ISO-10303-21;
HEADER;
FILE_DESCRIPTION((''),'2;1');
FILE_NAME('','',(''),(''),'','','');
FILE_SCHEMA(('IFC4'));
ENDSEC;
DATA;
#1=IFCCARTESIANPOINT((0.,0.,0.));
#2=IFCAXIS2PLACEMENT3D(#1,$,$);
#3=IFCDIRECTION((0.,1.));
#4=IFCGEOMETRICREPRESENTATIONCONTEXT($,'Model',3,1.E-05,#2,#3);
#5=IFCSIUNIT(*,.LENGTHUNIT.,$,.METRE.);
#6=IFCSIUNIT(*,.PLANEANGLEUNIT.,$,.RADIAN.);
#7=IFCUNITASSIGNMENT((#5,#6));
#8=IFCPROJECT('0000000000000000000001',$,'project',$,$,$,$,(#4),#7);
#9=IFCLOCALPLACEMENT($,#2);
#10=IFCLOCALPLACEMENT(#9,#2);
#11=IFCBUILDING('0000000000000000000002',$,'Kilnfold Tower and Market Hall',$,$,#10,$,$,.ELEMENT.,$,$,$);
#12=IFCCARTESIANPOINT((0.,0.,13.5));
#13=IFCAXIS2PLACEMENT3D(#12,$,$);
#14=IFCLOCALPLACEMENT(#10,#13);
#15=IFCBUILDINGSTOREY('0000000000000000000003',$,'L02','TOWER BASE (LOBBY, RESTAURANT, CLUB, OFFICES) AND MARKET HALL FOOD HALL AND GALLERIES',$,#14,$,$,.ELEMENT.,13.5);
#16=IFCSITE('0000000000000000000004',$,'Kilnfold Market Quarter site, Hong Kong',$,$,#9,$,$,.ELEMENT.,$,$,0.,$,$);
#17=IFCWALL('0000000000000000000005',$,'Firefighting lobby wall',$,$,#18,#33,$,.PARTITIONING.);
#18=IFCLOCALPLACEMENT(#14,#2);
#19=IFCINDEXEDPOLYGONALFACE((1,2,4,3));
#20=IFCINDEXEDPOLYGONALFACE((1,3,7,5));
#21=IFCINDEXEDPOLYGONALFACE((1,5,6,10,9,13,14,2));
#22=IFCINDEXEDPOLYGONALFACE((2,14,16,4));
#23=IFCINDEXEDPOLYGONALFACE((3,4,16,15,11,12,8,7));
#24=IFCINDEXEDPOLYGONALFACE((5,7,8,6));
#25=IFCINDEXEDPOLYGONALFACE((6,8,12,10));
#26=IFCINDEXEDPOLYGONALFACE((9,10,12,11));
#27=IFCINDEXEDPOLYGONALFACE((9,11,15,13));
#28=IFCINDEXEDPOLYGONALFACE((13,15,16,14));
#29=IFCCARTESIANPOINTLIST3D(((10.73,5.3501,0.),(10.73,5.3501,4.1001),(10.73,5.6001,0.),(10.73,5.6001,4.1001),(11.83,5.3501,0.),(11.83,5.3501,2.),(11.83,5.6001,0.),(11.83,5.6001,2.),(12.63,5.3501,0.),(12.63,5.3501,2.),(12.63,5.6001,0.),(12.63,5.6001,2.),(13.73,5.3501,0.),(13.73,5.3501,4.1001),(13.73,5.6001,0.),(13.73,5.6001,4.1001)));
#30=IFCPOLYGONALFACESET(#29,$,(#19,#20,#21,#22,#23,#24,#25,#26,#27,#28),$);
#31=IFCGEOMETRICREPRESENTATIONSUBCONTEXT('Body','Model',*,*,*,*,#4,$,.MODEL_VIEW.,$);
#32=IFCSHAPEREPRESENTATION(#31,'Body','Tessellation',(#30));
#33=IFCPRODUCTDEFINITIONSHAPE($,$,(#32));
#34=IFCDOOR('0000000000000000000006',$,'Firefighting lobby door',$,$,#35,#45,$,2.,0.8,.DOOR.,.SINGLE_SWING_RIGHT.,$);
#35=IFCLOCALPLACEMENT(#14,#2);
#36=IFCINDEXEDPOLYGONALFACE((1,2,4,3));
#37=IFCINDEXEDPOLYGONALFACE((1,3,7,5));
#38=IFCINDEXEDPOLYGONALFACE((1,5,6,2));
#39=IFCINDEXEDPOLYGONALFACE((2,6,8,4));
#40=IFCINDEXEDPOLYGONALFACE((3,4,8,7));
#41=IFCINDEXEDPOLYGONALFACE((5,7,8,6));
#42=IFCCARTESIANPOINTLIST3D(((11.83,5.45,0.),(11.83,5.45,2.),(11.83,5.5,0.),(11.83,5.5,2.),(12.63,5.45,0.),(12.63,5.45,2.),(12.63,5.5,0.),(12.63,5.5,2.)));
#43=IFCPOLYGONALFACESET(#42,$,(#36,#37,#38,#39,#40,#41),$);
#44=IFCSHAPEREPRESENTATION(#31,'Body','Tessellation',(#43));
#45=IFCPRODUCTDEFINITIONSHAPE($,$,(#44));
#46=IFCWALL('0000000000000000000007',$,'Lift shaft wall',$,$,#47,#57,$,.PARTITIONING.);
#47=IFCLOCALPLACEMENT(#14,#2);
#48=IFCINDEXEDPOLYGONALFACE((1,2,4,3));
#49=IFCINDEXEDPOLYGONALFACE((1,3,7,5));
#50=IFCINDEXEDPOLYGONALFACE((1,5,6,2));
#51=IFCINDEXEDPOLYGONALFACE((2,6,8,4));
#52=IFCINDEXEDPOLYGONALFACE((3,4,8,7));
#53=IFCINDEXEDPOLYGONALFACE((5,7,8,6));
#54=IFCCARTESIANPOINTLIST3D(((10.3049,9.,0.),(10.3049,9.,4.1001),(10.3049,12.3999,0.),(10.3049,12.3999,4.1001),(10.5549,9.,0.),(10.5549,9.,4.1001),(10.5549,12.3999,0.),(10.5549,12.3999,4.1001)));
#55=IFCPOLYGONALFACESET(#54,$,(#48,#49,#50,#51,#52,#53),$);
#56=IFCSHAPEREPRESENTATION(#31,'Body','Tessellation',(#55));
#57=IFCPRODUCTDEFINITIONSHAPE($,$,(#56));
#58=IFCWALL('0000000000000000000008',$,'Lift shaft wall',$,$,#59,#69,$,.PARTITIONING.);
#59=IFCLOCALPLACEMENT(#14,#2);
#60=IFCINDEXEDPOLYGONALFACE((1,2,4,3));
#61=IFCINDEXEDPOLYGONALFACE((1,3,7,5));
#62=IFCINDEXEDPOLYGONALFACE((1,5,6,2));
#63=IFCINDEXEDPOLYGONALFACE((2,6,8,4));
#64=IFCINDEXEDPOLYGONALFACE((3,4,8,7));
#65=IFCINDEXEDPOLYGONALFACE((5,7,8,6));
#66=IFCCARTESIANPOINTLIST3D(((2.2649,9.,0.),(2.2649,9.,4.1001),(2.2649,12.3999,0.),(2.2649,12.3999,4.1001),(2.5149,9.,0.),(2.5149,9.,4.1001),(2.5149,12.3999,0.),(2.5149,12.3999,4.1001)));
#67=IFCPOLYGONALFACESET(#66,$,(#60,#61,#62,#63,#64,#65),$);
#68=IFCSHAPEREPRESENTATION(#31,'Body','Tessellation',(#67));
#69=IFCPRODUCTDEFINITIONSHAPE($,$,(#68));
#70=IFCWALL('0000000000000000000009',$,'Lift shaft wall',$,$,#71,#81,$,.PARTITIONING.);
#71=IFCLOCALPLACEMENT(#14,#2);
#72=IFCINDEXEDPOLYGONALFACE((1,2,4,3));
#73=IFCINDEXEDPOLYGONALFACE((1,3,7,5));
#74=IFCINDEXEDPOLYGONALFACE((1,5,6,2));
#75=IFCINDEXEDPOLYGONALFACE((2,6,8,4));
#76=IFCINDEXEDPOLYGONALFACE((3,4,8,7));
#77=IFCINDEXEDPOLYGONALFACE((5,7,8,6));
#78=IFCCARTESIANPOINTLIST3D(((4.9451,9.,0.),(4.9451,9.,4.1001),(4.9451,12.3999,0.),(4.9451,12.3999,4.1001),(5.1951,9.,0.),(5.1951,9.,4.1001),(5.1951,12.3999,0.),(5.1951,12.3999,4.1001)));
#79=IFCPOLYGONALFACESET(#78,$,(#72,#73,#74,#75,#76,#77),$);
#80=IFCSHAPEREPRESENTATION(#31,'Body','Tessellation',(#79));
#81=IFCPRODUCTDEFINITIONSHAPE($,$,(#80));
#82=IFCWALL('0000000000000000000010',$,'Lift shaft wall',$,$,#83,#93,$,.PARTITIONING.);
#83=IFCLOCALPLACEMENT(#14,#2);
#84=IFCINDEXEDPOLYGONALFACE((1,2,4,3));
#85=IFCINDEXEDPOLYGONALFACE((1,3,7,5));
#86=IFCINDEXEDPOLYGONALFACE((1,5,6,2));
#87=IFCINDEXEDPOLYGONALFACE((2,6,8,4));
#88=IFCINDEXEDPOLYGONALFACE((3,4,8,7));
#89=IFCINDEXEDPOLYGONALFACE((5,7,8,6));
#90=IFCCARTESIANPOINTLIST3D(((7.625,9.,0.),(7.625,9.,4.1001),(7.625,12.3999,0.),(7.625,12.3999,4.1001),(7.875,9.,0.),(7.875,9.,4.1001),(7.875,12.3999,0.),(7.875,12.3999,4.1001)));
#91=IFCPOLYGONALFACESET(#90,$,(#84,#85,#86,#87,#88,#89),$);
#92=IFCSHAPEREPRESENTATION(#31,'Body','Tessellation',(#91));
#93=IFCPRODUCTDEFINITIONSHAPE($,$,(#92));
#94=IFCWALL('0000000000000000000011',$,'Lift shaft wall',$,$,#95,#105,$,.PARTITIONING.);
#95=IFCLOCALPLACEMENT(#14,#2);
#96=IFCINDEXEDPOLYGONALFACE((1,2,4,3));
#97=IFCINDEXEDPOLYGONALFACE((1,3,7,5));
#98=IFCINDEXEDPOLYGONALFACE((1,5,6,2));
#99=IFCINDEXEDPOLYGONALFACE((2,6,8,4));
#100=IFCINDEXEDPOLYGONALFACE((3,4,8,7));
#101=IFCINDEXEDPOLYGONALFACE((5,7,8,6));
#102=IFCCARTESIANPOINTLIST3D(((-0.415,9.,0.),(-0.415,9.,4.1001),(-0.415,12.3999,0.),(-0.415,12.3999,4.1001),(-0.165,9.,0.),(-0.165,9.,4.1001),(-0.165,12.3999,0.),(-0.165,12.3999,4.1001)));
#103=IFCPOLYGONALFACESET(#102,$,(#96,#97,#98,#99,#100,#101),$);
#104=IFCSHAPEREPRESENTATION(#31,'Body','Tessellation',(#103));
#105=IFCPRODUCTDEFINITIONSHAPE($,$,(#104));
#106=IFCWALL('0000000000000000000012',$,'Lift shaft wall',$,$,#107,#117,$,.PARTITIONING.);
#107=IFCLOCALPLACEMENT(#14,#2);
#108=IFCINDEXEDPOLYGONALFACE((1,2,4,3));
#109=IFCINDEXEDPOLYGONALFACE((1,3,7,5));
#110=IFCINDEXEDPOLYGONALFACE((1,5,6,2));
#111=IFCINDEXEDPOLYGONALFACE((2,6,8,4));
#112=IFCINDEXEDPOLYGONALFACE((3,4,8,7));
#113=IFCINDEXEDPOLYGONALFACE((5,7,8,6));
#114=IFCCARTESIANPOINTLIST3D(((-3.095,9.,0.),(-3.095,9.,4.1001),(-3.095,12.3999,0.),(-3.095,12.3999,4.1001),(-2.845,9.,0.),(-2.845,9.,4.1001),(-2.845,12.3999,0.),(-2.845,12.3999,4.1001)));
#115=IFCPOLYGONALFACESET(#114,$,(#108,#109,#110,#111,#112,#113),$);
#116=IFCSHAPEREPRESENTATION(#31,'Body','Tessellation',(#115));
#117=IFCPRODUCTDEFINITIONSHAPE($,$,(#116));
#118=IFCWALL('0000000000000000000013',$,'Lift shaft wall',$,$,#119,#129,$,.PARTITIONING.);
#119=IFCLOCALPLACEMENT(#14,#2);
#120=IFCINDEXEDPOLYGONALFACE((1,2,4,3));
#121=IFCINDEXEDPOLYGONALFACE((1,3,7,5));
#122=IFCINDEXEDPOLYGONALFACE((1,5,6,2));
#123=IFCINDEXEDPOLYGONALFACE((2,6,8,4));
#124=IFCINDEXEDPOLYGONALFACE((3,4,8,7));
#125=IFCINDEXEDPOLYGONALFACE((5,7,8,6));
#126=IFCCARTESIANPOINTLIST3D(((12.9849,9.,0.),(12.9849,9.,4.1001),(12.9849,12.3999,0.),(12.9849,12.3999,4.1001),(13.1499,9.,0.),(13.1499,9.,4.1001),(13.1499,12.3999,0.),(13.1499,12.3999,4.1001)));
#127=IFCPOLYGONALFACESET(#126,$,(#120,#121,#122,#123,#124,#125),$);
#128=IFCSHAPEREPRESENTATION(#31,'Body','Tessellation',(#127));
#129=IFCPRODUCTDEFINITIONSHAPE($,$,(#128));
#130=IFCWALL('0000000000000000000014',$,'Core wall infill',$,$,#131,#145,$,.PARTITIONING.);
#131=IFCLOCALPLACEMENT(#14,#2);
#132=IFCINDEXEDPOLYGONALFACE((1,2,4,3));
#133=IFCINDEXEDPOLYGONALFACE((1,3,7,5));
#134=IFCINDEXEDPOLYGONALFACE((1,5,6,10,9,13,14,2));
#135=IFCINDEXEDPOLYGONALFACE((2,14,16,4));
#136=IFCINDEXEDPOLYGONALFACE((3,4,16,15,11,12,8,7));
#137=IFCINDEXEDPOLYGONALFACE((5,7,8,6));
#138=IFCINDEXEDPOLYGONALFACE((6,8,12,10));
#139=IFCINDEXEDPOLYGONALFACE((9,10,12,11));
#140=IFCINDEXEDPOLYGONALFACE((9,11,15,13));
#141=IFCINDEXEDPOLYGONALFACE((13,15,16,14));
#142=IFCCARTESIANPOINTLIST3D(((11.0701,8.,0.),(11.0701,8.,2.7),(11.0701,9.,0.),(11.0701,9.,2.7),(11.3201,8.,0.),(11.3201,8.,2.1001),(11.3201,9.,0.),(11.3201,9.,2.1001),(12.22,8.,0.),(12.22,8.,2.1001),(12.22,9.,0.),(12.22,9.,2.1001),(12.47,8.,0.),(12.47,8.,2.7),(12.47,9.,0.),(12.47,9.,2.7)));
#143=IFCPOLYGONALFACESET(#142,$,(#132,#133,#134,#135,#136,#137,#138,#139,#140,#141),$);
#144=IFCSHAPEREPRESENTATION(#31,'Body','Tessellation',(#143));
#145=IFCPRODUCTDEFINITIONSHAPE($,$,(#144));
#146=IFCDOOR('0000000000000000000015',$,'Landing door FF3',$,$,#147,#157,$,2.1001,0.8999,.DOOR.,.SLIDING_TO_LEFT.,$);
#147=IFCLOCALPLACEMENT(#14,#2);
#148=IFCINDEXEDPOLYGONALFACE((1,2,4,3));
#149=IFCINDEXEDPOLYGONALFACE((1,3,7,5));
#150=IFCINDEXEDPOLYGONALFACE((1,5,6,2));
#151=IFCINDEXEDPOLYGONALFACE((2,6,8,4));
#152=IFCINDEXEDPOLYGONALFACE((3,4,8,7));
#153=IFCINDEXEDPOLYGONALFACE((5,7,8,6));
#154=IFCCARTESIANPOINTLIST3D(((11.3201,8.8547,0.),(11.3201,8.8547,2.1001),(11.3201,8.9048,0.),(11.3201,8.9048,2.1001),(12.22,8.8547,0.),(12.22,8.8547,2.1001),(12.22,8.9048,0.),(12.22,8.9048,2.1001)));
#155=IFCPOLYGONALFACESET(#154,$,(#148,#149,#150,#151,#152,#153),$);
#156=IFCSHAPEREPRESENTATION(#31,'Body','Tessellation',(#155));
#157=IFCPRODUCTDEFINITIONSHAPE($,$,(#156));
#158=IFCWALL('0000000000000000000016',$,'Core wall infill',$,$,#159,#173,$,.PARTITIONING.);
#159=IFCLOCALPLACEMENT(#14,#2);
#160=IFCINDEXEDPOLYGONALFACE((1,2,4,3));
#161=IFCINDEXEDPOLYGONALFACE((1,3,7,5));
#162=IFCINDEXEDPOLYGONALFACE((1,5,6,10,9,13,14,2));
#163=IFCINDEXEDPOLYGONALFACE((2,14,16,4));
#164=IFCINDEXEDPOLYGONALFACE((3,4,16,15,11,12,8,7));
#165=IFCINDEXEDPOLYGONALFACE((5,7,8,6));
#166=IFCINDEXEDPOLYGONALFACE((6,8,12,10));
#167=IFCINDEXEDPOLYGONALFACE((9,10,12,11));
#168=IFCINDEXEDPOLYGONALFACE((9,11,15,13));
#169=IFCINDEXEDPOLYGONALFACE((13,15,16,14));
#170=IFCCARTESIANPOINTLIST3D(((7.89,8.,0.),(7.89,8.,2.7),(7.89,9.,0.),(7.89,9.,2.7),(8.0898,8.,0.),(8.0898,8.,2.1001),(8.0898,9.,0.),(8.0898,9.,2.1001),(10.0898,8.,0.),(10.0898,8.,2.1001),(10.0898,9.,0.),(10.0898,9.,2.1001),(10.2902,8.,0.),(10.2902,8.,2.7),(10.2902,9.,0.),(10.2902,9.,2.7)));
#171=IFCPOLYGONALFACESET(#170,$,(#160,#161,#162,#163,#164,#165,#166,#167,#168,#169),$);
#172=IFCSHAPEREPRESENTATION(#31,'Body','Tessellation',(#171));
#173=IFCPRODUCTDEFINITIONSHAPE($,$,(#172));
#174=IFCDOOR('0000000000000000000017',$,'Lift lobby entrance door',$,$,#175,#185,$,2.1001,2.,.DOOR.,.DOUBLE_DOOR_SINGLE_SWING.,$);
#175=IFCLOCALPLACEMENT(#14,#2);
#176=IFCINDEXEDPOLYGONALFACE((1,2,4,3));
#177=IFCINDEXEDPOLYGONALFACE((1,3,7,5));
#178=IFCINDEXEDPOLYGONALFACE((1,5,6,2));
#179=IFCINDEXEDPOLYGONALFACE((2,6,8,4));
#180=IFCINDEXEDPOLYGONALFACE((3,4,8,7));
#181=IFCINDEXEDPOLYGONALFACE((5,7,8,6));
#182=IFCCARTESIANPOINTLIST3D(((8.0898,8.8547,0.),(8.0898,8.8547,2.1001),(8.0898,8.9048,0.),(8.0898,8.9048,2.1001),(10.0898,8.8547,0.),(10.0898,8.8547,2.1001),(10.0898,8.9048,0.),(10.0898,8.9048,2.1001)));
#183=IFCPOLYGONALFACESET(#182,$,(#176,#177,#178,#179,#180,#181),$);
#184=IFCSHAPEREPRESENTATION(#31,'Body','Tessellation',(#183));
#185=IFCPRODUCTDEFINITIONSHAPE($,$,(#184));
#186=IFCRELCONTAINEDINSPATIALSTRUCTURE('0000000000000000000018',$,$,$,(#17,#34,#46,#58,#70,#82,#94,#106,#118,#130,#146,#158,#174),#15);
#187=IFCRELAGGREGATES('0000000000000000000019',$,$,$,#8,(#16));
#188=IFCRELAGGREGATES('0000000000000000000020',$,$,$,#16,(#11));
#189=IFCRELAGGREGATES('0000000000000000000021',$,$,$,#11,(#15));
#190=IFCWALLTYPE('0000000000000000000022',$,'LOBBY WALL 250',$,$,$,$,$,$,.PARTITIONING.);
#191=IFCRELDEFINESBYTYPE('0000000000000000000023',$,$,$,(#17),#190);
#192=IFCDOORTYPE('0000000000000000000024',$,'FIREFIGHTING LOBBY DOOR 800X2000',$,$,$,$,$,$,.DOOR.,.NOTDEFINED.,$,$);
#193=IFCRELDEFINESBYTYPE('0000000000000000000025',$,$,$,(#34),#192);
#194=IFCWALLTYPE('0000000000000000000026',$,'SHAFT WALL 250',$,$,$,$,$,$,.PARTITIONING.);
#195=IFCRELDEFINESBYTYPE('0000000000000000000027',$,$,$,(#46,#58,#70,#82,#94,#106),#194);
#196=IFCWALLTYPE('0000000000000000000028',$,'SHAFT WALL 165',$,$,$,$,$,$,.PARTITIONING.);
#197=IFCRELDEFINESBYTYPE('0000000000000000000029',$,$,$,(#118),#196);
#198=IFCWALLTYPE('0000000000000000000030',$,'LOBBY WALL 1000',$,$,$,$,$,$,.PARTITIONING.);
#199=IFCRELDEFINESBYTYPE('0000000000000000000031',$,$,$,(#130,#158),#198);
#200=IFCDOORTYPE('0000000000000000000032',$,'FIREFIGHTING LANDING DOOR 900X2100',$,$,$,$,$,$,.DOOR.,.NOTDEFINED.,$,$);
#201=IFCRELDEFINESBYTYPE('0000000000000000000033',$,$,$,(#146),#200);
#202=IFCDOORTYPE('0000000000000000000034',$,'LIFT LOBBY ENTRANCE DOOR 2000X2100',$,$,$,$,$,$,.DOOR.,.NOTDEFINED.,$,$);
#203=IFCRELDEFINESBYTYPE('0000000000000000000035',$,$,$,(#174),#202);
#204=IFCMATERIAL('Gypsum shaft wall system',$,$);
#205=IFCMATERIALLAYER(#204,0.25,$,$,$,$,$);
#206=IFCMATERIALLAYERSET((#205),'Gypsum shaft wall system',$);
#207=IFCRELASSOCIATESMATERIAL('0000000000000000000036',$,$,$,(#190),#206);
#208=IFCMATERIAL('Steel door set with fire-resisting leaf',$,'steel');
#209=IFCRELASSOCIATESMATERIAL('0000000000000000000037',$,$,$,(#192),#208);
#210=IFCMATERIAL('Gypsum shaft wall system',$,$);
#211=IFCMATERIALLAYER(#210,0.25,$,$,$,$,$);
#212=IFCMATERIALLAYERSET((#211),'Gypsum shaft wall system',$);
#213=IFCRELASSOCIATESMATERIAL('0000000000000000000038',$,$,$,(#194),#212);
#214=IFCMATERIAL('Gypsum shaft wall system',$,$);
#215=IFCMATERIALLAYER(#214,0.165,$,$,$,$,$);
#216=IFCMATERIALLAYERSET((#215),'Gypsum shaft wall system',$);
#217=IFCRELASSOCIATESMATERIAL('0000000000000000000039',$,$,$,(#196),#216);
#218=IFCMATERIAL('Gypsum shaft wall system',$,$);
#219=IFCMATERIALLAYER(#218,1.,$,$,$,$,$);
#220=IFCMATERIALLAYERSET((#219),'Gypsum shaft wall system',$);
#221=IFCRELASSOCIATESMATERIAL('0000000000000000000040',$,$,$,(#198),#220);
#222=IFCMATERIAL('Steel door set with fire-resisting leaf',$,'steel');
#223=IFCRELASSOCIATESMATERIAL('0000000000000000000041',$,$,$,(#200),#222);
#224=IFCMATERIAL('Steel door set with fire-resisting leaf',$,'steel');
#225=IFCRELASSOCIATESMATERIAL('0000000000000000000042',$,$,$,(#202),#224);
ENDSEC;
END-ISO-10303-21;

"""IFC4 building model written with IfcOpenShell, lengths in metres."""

from ifc_helpers import new_model, si_unit, direction, frame, frame_2d, origin, place, context, subcontext, project, spatial, rectangle, extrude, source, transform, mapped, material, layer, layer_set, type_object, element, fill, save


model = new_model("IFC4")

# Units and contexts
model_context = context("Model", 3, precision=1e-05, world=origin(), true_north=direction((0.0, 1.0)))
body_context = subcontext(model_context, "Body", "Model", "MODEL_VIEW")
ifc_project = project(units=[si_unit("LENGTHUNIT", "METRE"), si_unit("PLANEANGLEUNIT", "RADIAN")], contexts=[model_context])

# Site, building, storey
site_placement = place(None, origin())
site = spatial("IfcSite", under=ifc_project, at=site_placement, Name="Kilnfold Market Quarter site, Hong Kong", CompositionType="ELEMENT", RefElevation=0.0)
building_placement = place(site_placement, origin())
building = spatial("IfcBuilding", under=site, at=building_placement, Name="Kilnfold Tower and Market Hall", CompositionType="ELEMENT")
storey_placement = place(building_placement, frame((0.0, 0.0, 13.5)))
storey = spatial("IfcBuildingStorey", under=building, at=storey_placement, Name="L02", Description="TOWER BASE (LOBBY, RESTAURANT, CLUB, OFFICES) AND MARKET HALL FOOD HALL AND GALLERIES", CompositionType="ELEMENT", Elevation=13.5)

# Shared definitions
ifc_material_1 = material(Name="Gypsum shaft wall system")
ifc_layer_1 = layer(ifc_material_1, 0.25)
ifc_layer_set_1 = layer_set([ifc_layer_1], Name="Gypsum shaft wall system")
wall_type_1 = type_object("IfcWallType", Name="LOBBY WALL 250", PredefinedType="PARTITIONING", material=ifc_layer_set_1)

# Wall, opening, door
shared_shape_1 = source(origin(), body_context, "Body", "SweptSolid", [
    extrude(rectangle(XDim=3.0, YDim=0.25, at=frame_2d((1.5, 0.0))), origin(), (0.0, 0.0, 1.0), 4.1001),
])
wall_1_placement = place(storey_placement, frame((10.73, 5.4751, 0.0), z_axis=(0.0, 0.0, 1.0), x_axis=(1.0, 0.0, 0.0)))
wall_1 = element("IfcWall", 1, at=wall_1_placement, inside=storey, type_object=wall_type_1, Name="Firefighting lobby wall", PredefinedType="PARTITIONING", context=body_context, shape_type="MappedRepresentation", body=[
    mapped(shared_shape_1, transform((0.0, 0.0, 0.0))),
])
opening_1_placement = place(wall_1_placement, frame((1.1001, 0.0, 0.0)))
opening_1 = element("IfcOpeningElement", 2, at=opening_1_placement, cuts=wall_1, PredefinedType="OPENING", context=body_context, shape_type="SweptSolid", body=[
    extrude(rectangle(XDim=0.8, YDim=2.0, at=frame_2d((0.3999, 1.0))), frame((0.0, 0.135, 0.0), z_axis=(0.0, -1.0, 0.0), x_axis=(1.0, 0.0, 0.0)), (0.0, 0.0, 1.0), 0.27),
])
ifc_material_2 = material(Name="Steel door set with fire-resisting leaf", Category="steel")
door_type_1 = type_object("IfcDoorType", Name="FIREFIGHTING LOBBY DOOR 800X2000", OperationType="NOTDEFINED", PredefinedType="DOOR", material=ifc_material_2)
door_1_placement = place(opening_1_placement, origin())
door_1 = element("IfcDoor", 3, at=door_1_placement, inside=storey, type_object=door_type_1, Name="Firefighting lobby door", OperationType="SINGLE_SWING_RIGHT", OverallHeight=2.0, OverallWidth=0.8, PredefinedType="DOOR", context=body_context, shape_type="SweptSolid", body=[
    extrude(rectangle(XDim=0.8, YDim=2.0, at=frame_2d((0.3999, 1.0))), frame((0.0, 0.0249, 0.0), z_axis=(0.0, -1.0, 0.0), x_axis=(1.0, 0.0, 0.0)), (0.0, 0.0, 1.0), 0.05),
])
fill(opening_1, door_1)

# Walls
ifc_material_3 = material(Name="Gypsum shaft wall system")
ifc_layer_2 = layer(ifc_material_3, 0.25)
ifc_layer_set_2 = layer_set([ifc_layer_2], Name="Gypsum shaft wall system")
wall_type_2 = type_object("IfcWallType", Name="SHAFT WALL 250", PredefinedType="PARTITIONING", material=ifc_layer_set_2)
shared_shape_2 = source(origin(), body_context, "Body", "SweptSolid", [
    extrude(rectangle(XDim=3.3999, YDim=0.25, at=frame_2d((1.7, 0.0))), origin(), (0.0, 0.0, 1.0), 4.1001),
])
for number, where, z_axis, x_axis, name in (
    (4, (10.4299, 9.0, 0.0), (0.0, 0.0, 1.0), (0.0, 1.0, 0.0), "Lift shaft wall"),
    (5, (2.3899, 9.0, 0.0), (0.0, 0.0, 1.0), (0.0, 1.0, 0.0), "Lift shaft wall"),
    (6, (5.0701, 9.0, 0.0), (0.0, 0.0, 1.0), (0.0, 1.0, 0.0), "Lift shaft wall"),
    (7, (7.75, 9.0, 0.0), (0.0, 0.0, 1.0), (0.0, 1.0, 0.0), "Lift shaft wall"),
    (8, (-0.29, 9.0, 0.0), (0.0, 0.0, 1.0), (0.0, 1.0, 0.0), "Lift shaft wall"),
    (9, (-2.97, 9.0, 0.0), (0.0, 0.0, 1.0), (0.0, 1.0, 0.0), "Lift shaft wall"),
):
    element("IfcWall", number, at=place(storey_placement, frame(where, z_axis=z_axis, x_axis=x_axis)), inside=storey, type_object=wall_type_2, Name=name, PredefinedType="PARTITIONING", context=body_context, shape_type="MappedRepresentation", body=[
        mapped(shared_shape_2, transform((0.0, 0.0, 0.0))),
    ])
ifc_material_4 = material(Name="Gypsum shaft wall system")
ifc_layer_3 = layer(ifc_material_4, 0.165)
ifc_layer_set_3 = layer_set([ifc_layer_3], Name="Gypsum shaft wall system")
wall_type_3 = type_object("IfcWallType", Name="SHAFT WALL 165", PredefinedType="PARTITIONING", material=ifc_layer_set_3)
shared_shape_3 = source(origin(), body_context, "Body", "SweptSolid", [
    extrude(rectangle(XDim=3.3999, YDim=0.165, at=frame_2d((1.7, 0.0))), origin(), (0.0, 0.0, 1.0), 4.1001),
])
wall_2_placement = place(storey_placement, frame((13.0674, 9.0, 0.0), z_axis=(0.0, 0.0, 1.0), x_axis=(0.0, 1.0, 0.0)))
element("IfcWall", 10, at=wall_2_placement, inside=storey, type_object=wall_type_3, Name="Lift shaft wall", PredefinedType="PARTITIONING", context=body_context, shape_type="MappedRepresentation", body=[
    mapped(shared_shape_3, transform((0.0, 0.0, 0.0))),
])

# Walls, openings, doors
ifc_material_5 = material(Name="Gypsum shaft wall system")
ifc_layer_4 = layer(ifc_material_5, 1.0)
ifc_layer_set_4 = layer_set([ifc_layer_4], Name="Gypsum shaft wall system")
wall_type_4 = type_object("IfcWallType", Name="LOBBY WALL 1000", PredefinedType="PARTITIONING", material=ifc_layer_set_4)
shared_shape_4 = source(origin(), body_context, "Body", "SweptSolid", [
    extrude(rectangle(XDim=1.3999, YDim=1.0, at=frame_2d((0.7, 0.0))), origin(), (0.0, 0.0, 1.0), 2.7),
])
wall_3_placement = place(storey_placement, frame((11.0701, 8.5, 0.0), z_axis=(0.0, 0.0, 1.0), x_axis=(1.0, 0.0, 0.0)))
wall_3 = element("IfcWall", 11, at=wall_3_placement, inside=storey, type_object=wall_type_4, Name="Core wall infill", PredefinedType="PARTITIONING", context=body_context, shape_type="MappedRepresentation", body=[
    mapped(shared_shape_4, transform((0.0, 0.0, 0.0))),
])
opening_2_placement = place(wall_3_placement, frame((0.25, 0.0, 0.0)))
opening_2 = element("IfcOpeningElement", 12, at=opening_2_placement, cuts=wall_3, PredefinedType="OPENING", context=body_context, shape_type="SweptSolid", body=[
    extrude(rectangle(XDim=0.8999, YDim=2.1001, at=frame_2d((0.45, 1.05))), frame((0.0, 0.51, 0.0), z_axis=(0.0, -1.0, 0.0), x_axis=(1.0, 0.0, 0.0)), (0.0, 0.0, 1.0), 1.02),
])
ifc_material_6 = material(Name="Steel door set with fire-resisting leaf", Category="steel")
door_type_2 = type_object("IfcDoorType", Name="FIREFIGHTING LANDING DOOR 900X2100", OperationType="NOTDEFINED", PredefinedType="DOOR", material=ifc_material_6)
door_2_placement = place(opening_2_placement, origin())
door_2 = element("IfcDoor", 13, at=door_2_placement, inside=storey, type_object=door_type_2, Name="Landing door FF3", OperationType="SLIDING_TO_LEFT", OverallHeight=2.1001, OverallWidth=0.8999, PredefinedType="DOOR", context=body_context, shape_type="SweptSolid", body=[
    extrude(rectangle(XDim=0.8999, YDim=2.1001, at=frame_2d((0.45, 1.05))), frame((0.0, 0.4048, 0.0), z_axis=(0.0, -1.0, 0.0), x_axis=(1.0, 0.0, 0.0)), (0.0, 0.0, 1.0), 0.05),
])
fill(opening_2, door_2)
shared_shape_5 = source(origin(), body_context, "Body", "SweptSolid", [
    extrude(rectangle(XDim=2.4001, YDim=1.0, at=frame_2d((1.2002, 0.0))), origin(), (0.0, 0.0, 1.0), 2.7),
])
wall_4_placement = place(storey_placement, frame((7.8899, 8.5, 0.0), z_axis=(0.0, 0.0, 1.0), x_axis=(1.0, 0.0, 0.0)))
wall_4 = element("IfcWall", 14, at=wall_4_placement, inside=storey, type_object=wall_type_4, Name="Core wall infill", PredefinedType="PARTITIONING", context=body_context, shape_type="MappedRepresentation", body=[
    mapped(shared_shape_5, transform((0.0, 0.0, 0.0))),
])
opening_3_placement = place(wall_4_placement, frame((0.2, 0.0, 0.0)))
opening_3 = element("IfcOpeningElement", 15, at=opening_3_placement, cuts=wall_4, PredefinedType="OPENING", context=body_context, shape_type="SweptSolid", body=[
    extrude(rectangle(XDim=2.0, YDim=2.1001, at=frame_2d((1.0, 1.05))), frame((0.0, 0.51, 0.0), z_axis=(0.0, -1.0, 0.0), x_axis=(1.0, 0.0, 0.0)), (0.0, 0.0, 1.0), 1.02),
])
ifc_material_7 = material(Name="Steel door set with fire-resisting leaf", Category="steel")
door_type_3 = type_object("IfcDoorType", Name="LIFT LOBBY ENTRANCE DOOR 2000X2100", OperationType="NOTDEFINED", PredefinedType="DOOR", material=ifc_material_7)
door_3_placement = place(opening_3_placement, origin())
door_3 = element("IfcDoor", 16, at=door_3_placement, inside=storey, type_object=door_type_3, Name="Lift lobby entrance door", OperationType="DOUBLE_DOOR_SINGLE_SWING", OverallHeight=2.1001, OverallWidth=2.0, PredefinedType="DOOR", context=body_context, shape_type="SweptSolid", body=[
    extrude(rectangle(XDim=2.0, YDim=2.1001, at=frame_2d((1.0, 1.05))), frame((0.0, 0.4048, 0.0), z_axis=(0.0, -1.0, 0.0), x_axis=(1.0, 0.0, 0.0)), (0.0, 0.0, 1.0), 0.05),
])
fill(opening_3, door_3)

save(model, "model.ifc")
